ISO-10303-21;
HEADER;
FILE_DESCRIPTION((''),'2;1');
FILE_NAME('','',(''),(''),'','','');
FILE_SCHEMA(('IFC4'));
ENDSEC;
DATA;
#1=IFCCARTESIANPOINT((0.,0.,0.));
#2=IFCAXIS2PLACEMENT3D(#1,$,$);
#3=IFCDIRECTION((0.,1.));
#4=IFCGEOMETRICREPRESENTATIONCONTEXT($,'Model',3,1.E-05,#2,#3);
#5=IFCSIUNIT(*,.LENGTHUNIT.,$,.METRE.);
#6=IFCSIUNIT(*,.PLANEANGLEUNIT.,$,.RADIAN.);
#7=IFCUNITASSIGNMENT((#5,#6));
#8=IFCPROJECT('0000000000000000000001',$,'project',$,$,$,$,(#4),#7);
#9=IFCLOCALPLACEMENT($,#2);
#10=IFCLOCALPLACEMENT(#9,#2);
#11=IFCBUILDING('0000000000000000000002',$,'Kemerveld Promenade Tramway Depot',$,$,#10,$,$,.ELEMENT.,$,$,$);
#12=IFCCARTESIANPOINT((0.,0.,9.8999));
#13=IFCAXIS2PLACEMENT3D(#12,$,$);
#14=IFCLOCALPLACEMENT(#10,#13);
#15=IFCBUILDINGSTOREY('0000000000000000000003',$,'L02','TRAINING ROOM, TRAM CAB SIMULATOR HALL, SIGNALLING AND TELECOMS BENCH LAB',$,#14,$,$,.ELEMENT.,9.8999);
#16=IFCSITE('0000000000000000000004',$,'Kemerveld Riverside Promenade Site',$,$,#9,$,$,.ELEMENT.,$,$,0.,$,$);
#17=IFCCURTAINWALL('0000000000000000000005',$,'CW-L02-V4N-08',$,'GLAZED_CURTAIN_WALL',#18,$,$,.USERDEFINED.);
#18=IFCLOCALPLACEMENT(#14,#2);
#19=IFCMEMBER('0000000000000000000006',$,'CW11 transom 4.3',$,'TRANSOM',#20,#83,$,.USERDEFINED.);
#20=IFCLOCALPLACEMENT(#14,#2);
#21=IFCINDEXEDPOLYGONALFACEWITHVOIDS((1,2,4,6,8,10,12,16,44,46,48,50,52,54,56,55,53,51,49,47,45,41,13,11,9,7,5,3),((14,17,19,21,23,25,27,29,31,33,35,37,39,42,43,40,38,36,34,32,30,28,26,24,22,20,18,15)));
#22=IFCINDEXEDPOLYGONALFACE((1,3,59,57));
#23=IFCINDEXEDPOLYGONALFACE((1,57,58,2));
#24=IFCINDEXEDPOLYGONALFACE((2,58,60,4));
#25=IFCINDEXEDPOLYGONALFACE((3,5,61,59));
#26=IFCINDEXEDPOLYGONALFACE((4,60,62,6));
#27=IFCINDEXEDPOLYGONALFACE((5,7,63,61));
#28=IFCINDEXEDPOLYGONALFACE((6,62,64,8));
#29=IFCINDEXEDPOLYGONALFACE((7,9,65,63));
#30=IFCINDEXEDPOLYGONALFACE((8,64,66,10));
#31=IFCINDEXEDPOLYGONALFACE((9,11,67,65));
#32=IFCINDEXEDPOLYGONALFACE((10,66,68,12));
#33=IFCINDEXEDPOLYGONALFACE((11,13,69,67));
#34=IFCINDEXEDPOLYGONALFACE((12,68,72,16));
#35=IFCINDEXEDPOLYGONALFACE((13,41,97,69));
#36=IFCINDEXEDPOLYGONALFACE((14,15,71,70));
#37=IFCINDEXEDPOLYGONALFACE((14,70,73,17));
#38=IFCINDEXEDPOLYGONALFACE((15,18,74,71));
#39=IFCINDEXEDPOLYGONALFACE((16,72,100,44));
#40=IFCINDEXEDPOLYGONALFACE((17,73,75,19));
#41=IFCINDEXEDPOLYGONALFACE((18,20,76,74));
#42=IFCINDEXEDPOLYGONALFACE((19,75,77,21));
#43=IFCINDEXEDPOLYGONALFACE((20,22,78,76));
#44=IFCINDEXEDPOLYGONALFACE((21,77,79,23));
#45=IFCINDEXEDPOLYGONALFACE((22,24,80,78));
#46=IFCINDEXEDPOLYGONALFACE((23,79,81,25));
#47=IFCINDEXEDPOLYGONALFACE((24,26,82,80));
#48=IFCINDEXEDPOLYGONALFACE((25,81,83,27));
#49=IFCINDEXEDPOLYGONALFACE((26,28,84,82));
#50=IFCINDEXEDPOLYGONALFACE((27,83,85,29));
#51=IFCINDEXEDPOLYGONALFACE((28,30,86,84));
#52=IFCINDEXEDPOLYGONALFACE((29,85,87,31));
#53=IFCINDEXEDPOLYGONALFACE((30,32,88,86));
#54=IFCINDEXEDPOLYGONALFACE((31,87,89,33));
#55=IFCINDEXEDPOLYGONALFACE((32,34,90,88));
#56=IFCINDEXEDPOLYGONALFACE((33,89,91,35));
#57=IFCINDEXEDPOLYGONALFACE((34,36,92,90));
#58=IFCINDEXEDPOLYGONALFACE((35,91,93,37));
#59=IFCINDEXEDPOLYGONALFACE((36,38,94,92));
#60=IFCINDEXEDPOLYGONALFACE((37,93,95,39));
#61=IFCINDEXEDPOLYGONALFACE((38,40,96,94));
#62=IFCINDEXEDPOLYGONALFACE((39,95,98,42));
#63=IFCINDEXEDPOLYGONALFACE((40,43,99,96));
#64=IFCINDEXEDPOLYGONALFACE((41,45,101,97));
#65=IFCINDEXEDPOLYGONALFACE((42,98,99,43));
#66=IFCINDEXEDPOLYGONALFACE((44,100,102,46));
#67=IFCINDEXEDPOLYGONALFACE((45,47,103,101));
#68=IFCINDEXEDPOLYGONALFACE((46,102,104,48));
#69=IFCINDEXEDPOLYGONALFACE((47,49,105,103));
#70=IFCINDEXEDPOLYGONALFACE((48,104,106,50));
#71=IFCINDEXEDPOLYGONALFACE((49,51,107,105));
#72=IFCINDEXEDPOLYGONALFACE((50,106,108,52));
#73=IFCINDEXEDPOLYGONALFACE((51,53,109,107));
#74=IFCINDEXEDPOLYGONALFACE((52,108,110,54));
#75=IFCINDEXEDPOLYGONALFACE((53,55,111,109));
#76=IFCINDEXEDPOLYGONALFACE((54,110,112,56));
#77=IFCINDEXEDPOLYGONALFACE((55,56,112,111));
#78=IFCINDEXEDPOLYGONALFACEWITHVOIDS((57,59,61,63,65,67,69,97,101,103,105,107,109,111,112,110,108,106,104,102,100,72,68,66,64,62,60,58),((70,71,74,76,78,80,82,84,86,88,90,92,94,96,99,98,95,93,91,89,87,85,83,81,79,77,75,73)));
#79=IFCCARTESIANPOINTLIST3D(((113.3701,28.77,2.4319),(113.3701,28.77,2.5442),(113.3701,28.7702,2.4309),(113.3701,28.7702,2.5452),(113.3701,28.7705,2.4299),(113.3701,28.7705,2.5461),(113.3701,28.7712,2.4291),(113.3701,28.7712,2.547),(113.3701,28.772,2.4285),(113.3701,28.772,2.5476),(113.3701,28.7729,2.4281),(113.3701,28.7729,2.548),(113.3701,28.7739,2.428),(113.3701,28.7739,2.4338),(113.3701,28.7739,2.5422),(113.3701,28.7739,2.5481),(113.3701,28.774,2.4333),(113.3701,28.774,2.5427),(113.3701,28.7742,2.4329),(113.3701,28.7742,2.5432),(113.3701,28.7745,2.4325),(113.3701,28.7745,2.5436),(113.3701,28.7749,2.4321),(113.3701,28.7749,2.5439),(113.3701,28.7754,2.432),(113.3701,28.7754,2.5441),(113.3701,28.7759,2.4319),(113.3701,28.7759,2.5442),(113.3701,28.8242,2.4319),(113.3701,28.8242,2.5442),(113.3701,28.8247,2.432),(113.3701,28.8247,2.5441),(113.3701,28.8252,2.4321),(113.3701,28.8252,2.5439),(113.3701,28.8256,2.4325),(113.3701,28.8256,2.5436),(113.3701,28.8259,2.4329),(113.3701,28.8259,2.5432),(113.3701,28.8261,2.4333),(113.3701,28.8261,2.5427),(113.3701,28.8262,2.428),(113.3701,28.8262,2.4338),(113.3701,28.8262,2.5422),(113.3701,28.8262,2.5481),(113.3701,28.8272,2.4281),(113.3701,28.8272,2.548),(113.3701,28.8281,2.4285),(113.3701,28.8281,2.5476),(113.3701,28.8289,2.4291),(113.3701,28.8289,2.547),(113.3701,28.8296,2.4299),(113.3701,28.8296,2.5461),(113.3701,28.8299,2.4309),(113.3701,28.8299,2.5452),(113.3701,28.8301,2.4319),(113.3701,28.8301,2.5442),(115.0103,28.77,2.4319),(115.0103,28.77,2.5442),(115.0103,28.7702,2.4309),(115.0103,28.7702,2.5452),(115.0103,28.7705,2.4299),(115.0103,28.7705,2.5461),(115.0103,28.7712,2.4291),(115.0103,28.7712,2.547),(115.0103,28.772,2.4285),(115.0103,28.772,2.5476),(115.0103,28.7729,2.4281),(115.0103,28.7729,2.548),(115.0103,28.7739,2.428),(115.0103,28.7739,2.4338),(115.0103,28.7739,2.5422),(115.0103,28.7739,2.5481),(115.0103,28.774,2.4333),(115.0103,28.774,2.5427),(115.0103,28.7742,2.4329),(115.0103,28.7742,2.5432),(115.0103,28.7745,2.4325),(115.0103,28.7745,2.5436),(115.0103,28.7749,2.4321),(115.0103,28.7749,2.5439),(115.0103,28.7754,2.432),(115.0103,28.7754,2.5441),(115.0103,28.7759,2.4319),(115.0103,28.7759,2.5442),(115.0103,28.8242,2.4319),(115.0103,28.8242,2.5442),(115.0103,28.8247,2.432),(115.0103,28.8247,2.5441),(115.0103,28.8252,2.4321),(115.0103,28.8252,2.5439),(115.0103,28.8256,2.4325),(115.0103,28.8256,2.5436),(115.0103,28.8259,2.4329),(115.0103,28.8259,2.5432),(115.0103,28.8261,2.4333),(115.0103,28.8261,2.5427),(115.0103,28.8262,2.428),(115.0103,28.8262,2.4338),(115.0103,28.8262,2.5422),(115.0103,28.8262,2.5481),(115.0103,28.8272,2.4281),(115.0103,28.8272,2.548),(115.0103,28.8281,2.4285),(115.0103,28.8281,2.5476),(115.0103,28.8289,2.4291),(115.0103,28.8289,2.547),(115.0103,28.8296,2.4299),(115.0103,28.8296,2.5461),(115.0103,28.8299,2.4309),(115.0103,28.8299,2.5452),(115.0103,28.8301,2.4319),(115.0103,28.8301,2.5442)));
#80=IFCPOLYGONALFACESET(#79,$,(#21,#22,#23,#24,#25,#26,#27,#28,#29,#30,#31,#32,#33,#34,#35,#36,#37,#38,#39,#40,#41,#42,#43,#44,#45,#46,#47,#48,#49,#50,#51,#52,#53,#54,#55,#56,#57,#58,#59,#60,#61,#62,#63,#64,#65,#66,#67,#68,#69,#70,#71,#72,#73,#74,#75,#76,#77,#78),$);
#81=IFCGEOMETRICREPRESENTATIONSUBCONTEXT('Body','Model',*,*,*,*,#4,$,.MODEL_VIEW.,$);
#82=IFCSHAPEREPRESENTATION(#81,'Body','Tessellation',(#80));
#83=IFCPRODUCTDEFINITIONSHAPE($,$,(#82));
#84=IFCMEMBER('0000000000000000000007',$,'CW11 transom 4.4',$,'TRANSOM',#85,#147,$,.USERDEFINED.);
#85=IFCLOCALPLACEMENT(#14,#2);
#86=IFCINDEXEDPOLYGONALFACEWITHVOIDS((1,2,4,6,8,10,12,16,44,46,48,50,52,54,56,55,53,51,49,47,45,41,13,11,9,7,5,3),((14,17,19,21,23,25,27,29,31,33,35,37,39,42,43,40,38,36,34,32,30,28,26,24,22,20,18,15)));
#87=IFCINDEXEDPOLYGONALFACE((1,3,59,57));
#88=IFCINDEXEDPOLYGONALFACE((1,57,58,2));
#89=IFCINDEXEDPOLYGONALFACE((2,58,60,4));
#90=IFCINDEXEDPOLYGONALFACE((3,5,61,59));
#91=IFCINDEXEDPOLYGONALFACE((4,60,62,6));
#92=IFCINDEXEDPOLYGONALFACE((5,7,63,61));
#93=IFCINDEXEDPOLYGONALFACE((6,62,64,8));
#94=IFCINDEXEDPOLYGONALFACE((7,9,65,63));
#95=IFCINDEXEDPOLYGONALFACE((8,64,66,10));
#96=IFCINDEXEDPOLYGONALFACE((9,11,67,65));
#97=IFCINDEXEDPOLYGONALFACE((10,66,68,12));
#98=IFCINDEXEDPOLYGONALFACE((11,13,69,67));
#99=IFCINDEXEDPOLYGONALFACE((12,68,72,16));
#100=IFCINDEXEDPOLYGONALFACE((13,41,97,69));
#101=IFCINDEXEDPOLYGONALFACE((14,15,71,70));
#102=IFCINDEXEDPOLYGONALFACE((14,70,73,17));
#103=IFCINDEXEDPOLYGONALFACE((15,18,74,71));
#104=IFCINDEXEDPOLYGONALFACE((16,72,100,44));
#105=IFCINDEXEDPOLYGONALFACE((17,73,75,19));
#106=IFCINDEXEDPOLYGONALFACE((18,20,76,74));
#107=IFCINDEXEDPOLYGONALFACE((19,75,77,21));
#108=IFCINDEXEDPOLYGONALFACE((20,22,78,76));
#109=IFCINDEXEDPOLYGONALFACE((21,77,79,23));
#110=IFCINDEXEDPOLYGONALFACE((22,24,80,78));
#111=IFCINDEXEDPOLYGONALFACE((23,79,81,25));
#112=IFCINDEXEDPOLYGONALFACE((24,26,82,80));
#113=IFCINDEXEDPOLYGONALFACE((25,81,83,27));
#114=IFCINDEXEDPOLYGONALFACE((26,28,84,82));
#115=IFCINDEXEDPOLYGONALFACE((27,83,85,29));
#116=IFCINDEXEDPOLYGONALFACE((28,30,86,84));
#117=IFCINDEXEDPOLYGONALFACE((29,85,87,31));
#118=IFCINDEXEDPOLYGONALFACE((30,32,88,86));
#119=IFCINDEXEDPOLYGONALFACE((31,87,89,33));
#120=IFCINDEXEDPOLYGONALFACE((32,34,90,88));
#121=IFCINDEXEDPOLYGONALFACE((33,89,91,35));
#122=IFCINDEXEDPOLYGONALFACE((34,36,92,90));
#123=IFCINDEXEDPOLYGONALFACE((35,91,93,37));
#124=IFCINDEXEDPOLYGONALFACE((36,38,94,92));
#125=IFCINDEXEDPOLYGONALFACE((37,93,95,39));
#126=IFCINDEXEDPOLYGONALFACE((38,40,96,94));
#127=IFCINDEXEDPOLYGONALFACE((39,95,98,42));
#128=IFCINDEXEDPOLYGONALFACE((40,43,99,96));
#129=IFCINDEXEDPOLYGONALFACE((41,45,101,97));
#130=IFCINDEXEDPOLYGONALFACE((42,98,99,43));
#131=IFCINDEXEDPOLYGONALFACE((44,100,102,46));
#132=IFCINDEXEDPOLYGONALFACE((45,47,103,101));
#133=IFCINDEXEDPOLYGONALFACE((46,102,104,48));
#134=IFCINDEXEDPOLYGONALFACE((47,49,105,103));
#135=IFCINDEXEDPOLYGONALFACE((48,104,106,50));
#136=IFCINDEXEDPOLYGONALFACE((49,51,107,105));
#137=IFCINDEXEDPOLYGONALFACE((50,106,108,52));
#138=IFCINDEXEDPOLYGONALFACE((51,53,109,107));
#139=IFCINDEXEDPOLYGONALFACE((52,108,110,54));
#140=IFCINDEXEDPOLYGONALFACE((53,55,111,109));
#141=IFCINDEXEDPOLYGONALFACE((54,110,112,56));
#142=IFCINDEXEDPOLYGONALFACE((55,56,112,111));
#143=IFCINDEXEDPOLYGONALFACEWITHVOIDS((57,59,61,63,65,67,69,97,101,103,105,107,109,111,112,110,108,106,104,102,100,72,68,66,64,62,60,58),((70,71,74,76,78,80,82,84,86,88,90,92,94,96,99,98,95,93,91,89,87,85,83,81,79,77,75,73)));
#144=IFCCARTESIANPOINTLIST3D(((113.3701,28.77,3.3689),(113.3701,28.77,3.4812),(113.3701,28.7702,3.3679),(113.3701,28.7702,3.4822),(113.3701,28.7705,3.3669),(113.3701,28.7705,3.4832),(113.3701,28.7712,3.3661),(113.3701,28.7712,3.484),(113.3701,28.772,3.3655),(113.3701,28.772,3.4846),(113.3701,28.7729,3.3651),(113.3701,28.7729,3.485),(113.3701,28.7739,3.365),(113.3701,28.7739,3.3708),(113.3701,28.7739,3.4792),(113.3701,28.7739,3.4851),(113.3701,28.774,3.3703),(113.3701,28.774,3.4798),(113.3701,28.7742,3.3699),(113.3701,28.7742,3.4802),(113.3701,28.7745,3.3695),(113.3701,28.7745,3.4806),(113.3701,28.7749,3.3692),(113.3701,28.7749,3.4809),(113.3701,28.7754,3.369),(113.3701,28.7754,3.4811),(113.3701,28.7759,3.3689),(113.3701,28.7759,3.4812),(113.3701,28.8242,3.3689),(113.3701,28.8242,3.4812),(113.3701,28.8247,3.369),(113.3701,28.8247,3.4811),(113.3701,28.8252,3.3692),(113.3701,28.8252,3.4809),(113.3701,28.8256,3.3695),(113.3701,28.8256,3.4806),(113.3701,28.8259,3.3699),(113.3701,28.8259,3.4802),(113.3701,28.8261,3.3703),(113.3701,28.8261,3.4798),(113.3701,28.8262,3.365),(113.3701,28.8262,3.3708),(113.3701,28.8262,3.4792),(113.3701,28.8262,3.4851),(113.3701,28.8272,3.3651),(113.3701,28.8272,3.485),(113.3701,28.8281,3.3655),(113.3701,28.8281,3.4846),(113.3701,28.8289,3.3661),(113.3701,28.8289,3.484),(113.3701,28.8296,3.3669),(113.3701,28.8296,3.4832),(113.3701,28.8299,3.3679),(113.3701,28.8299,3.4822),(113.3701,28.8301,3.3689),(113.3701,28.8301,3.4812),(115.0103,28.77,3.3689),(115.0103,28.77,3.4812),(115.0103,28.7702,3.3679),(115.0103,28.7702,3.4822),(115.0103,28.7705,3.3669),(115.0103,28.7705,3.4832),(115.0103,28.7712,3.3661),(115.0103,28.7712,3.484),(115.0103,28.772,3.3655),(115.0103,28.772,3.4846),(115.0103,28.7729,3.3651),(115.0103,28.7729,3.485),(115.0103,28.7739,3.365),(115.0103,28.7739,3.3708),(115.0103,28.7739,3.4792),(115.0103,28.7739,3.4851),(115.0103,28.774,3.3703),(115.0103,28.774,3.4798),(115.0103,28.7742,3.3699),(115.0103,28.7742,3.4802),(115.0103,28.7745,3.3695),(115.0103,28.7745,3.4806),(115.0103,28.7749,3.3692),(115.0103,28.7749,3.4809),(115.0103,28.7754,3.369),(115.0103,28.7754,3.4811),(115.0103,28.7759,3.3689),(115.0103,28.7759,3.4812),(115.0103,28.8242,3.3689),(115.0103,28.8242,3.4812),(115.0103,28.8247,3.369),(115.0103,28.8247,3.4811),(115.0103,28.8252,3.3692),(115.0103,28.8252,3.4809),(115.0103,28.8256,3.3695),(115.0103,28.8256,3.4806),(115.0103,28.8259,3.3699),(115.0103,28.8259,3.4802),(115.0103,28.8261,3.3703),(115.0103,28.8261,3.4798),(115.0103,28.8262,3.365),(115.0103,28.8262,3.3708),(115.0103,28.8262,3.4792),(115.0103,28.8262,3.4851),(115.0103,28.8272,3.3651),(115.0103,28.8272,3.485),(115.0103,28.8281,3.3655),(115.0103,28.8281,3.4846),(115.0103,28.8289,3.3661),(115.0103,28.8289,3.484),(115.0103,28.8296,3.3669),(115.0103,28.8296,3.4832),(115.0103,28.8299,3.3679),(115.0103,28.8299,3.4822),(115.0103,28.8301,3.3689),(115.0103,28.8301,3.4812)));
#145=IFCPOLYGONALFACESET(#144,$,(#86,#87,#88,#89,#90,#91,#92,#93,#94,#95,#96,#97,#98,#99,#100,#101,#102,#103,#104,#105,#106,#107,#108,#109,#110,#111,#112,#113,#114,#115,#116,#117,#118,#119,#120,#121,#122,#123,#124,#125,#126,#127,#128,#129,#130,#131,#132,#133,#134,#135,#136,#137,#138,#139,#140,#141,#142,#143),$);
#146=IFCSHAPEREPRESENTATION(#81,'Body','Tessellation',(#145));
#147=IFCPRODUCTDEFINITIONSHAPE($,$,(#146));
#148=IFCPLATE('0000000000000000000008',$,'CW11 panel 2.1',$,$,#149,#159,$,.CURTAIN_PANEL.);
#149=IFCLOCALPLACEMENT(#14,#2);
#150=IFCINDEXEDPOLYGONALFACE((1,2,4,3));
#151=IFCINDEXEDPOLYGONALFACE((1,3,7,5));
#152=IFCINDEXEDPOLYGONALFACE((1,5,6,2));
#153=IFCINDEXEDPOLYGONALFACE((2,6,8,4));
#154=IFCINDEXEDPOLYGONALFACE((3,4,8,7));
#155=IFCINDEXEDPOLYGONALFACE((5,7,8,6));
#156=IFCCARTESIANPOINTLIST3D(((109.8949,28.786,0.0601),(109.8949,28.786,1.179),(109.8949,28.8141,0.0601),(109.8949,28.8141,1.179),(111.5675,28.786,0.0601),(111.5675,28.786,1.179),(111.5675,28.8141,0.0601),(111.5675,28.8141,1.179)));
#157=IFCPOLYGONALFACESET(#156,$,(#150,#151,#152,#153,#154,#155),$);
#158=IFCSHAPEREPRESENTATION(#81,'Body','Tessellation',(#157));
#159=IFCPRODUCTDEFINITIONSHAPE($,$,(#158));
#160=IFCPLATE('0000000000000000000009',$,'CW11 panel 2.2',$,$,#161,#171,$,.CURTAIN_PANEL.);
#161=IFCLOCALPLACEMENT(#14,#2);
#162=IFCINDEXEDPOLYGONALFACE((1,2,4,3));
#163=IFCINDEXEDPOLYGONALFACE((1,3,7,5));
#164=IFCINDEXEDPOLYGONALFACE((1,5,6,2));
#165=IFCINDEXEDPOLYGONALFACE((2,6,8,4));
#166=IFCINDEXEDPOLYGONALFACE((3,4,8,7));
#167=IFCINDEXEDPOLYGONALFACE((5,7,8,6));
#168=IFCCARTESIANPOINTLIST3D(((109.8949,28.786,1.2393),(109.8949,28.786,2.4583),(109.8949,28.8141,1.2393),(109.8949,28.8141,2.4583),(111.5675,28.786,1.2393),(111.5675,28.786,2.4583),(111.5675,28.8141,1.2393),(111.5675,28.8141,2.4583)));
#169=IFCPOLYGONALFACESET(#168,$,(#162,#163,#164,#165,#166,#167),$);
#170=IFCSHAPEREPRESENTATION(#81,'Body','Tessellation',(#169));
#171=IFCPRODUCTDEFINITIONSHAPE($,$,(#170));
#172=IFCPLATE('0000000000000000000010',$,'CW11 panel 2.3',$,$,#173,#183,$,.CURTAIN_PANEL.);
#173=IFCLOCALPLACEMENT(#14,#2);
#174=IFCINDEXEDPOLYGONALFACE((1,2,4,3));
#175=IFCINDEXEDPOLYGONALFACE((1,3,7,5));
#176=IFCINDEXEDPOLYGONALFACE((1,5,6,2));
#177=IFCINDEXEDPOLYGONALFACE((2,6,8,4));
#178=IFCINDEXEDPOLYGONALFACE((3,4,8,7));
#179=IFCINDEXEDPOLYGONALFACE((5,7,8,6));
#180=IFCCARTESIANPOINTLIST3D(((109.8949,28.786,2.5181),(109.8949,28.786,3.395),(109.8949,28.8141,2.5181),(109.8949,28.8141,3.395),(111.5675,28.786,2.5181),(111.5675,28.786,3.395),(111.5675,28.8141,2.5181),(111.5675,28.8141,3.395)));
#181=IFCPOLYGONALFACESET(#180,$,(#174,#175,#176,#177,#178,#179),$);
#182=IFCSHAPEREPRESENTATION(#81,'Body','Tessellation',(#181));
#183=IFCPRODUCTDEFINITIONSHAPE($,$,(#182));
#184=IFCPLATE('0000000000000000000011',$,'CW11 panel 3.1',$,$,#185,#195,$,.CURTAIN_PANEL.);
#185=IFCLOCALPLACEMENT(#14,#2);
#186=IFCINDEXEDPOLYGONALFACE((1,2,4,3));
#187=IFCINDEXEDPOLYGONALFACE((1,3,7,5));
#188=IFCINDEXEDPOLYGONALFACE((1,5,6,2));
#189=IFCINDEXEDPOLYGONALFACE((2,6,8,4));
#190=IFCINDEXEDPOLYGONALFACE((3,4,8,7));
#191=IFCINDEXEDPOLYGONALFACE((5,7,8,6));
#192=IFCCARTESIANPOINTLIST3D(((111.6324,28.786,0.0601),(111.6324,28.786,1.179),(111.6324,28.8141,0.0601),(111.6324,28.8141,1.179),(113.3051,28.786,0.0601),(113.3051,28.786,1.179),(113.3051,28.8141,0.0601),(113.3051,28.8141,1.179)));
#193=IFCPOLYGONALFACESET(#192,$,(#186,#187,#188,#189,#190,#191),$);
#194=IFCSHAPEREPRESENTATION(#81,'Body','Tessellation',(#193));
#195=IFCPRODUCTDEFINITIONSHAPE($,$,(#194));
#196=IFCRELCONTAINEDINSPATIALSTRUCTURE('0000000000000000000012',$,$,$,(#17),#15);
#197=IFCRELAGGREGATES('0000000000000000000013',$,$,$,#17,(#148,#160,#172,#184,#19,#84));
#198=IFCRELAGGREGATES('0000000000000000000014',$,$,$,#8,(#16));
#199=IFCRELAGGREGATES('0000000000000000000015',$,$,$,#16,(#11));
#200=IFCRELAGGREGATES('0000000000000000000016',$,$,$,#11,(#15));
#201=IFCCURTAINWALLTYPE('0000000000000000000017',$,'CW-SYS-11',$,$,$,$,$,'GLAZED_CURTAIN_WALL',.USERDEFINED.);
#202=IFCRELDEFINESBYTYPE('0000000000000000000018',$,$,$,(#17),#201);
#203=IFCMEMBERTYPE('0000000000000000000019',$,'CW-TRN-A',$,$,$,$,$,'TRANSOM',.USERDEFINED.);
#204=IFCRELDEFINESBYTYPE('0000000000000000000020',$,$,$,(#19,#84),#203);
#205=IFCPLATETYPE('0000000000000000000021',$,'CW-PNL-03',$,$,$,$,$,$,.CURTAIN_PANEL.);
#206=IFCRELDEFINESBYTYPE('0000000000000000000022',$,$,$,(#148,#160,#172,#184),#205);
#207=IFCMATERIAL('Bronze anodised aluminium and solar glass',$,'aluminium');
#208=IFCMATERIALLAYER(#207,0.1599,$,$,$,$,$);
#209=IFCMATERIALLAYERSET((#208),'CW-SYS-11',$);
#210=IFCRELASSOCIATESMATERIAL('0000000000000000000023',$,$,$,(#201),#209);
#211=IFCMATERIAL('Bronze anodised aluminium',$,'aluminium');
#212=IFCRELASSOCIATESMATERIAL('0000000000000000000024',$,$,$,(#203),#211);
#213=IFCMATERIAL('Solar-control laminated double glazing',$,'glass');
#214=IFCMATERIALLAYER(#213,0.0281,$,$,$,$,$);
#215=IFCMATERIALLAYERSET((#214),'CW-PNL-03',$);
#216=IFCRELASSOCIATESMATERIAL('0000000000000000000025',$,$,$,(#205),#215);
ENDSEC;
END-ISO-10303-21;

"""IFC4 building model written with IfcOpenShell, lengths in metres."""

from ifc_helpers import new_model, si_unit, direction, frame, origin, origin_2d, place, context, subcontext, project, spatial, rectangle, hollow_rectangle, extrude, material, layer, layer_set, material_profile, profile_set, type_object, element, aggregate, save


model = new_model("IFC4")

# Units and contexts
model_context = context("Model", 3, precision=1e-05, world=origin(), true_north=direction((0.0, 1.0)))
body_context = subcontext(model_context, "Body", "Model", "MODEL_VIEW")
ifc_project = project(units=[si_unit("LENGTHUNIT", "METRE"), si_unit("PLANEANGLEUNIT", "RADIAN")], contexts=[model_context])

# Site, building, storey
site_placement = place(None, origin())
site = spatial("IfcSite", under=ifc_project, at=site_placement, Name="Kemerveld Riverside Promenade Site", CompositionType="ELEMENT", RefElevation=0.0)
building_placement = place(site_placement, origin())
building = spatial("IfcBuilding", under=site, at=building_placement, Name="Kemerveld Promenade Tramway Depot", CompositionType="ELEMENT")
storey_placement = place(building_placement, frame((0.0, 0.0, 9.8999)))
storey = spatial("IfcBuildingStorey", under=building, at=storey_placement, Name="L02", Description="TRAINING ROOM, TRAM CAB SIMULATOR HALL, SIGNALLING AND TELECOMS BENCH LAB", CompositionType="ELEMENT", Elevation=9.8999)

# Curtain wall, members, plates
ifc_material_1 = material(Name="Bronze anodised aluminium and solar glass", Category="aluminium")
ifc_layer_1 = layer(ifc_material_1, 0.1599)
ifc_layer_set_1 = layer_set([ifc_layer_1], Name="CW-SYS-11")
curtain_wall_type = type_object("IfcCurtainWallType", Name="CW-SYS-11", ElementType="GLAZED_CURTAIN_WALL", PredefinedType="USERDEFINED", material=ifc_layer_set_1)
curtain_wall_placement = place(storey_placement, origin())
curtain_wall = element("IfcCurtainWall", 1, at=curtain_wall_placement, inside=storey, type_object=curtain_wall_type, Name="CW-L02-V4N-08", ObjectType="GLAZED_CURTAIN_WALL", PredefinedType="USERDEFINED")
ifc_material_2 = material(Name="Bronze anodised aluminium", Category="aluminium")
ifc_material_profile_1 = material_profile(ifc_material_2, hollow_rectangle(XDim=0.0601, YDim=0.1201, WallThickness=0.0039, InnerFilletRadius=0.002, OuterFilletRadius=0.0039, at=origin_2d()), Name="CW-TRN-120x60")
ifc_profile_set_1 = profile_set([ifc_material_profile_1], Name="Bronze anodised aluminium")
member_type_1 = type_object("IfcMemberType", Name="CW-TRN-A", ElementType="TRANSOM", PredefinedType="USERDEFINED", material=ifc_profile_set_1)
member_1_placement = place(storey_placement, frame((113.3701, 28.8, 2.488), z_axis=(1.0, 0.0, 0.0), x_axis=(0.0, 1.0, 0.0)))
member_1 = element("IfcMember", 2, at=member_1_placement, type_object=member_type_1, Name="CW11 transom 4.3", ObjectType="TRANSOM", PredefinedType="USERDEFINED", context=body_context, shape_type="SweptSolid", body=[
    extrude(hollow_rectangle(XDim=0.0601, YDim=0.1201, WallThickness=0.0039, InnerFilletRadius=0.002, OuterFilletRadius=0.0039, at=origin_2d()), origin(), (0.0, 0.0, 1.0), 1.6401),
])
member_2_placement = place(storey_placement, frame((113.3701, 28.8, 3.425), z_axis=(1.0, 0.0, 0.0), x_axis=(0.0, 1.0, 0.0)))
member_2 = element("IfcMember", 3, at=member_2_placement, type_object=member_type_1, Name="CW11 transom 4.4", ObjectType="TRANSOM", PredefinedType="USERDEFINED", context=body_context, shape_type="SweptSolid", body=[
    extrude(hollow_rectangle(XDim=0.0601, YDim=0.1201, WallThickness=0.0039, InnerFilletRadius=0.002, OuterFilletRadius=0.0039, at=origin_2d()), origin(), (0.0, 0.0, 1.0), 1.6401),
])
ifc_material_3 = material(Name="Solar-control laminated double glazing", Category="glass")
ifc_layer_2 = layer(ifc_material_3, 0.0281)
ifc_layer_set_2 = layer_set([ifc_layer_2], Name="CW-PNL-03")
plate_type = type_object("IfcPlateType", Name="CW-PNL-03", PredefinedType="CURTAIN_PANEL", material=ifc_layer_set_2)
plate_1_placement = place(storey_placement, frame((110.7312, 28.8, 0.0601), z_axis=(0.0, 0.0, 1.0), x_axis=(1.0, 0.0, 0.0)))
plate_1 = element("IfcPlate", 4, at=plate_1_placement, type_object=plate_type, Name="CW11 panel 2.1", PredefinedType="CURTAIN_PANEL", context=body_context, shape_type="SweptSolid", body=[
    extrude(rectangle(XDim=1.6726, YDim=0.0281, at=origin_2d()), origin(), (0.0, 0.0, 1.0), 1.1189),
])
plate_2_placement = place(storey_placement, frame((110.7312, 28.8, 1.2393), z_axis=(0.0, 0.0, 1.0), x_axis=(1.0, 0.0, 0.0)))
plate_2 = element("IfcPlate", 5, at=plate_2_placement, type_object=plate_type, Name="CW11 panel 2.2", PredefinedType="CURTAIN_PANEL", context=body_context, shape_type="SweptSolid", body=[
    extrude(rectangle(XDim=1.6726, YDim=0.0281, at=origin_2d()), origin(), (0.0, 0.0, 1.0), 1.219),
])
plate_3_placement = place(storey_placement, frame((110.7312, 28.8, 2.5181), z_axis=(0.0, 0.0, 1.0), x_axis=(1.0, 0.0, 0.0)))
plate_3 = element("IfcPlate", 6, at=plate_3_placement, type_object=plate_type, Name="CW11 panel 2.3", PredefinedType="CURTAIN_PANEL", context=body_context, shape_type="SweptSolid", body=[
    extrude(rectangle(XDim=1.6726, YDim=0.0281, at=origin_2d()), origin(), (0.0, 0.0, 1.0), 0.877),
])
plate_4_placement = place(storey_placement, frame((112.4688, 28.8, 0.0601), z_axis=(0.0, 0.0, 1.0), x_axis=(1.0, 0.0, 0.0)))
plate_4 = element("IfcPlate", 7, at=plate_4_placement, type_object=plate_type, Name="CW11 panel 3.1", PredefinedType="CURTAIN_PANEL", context=body_context, shape_type="SweptSolid", body=[
    extrude(rectangle(XDim=1.6726, YDim=0.0281, at=origin_2d()), origin(), (0.0, 0.0, 1.0), 1.1189),
])
aggregate(curtain_wall, [plate_1, plate_2, plate_3, plate_4, member_1, member_2])

save(model, "model.ifc")
